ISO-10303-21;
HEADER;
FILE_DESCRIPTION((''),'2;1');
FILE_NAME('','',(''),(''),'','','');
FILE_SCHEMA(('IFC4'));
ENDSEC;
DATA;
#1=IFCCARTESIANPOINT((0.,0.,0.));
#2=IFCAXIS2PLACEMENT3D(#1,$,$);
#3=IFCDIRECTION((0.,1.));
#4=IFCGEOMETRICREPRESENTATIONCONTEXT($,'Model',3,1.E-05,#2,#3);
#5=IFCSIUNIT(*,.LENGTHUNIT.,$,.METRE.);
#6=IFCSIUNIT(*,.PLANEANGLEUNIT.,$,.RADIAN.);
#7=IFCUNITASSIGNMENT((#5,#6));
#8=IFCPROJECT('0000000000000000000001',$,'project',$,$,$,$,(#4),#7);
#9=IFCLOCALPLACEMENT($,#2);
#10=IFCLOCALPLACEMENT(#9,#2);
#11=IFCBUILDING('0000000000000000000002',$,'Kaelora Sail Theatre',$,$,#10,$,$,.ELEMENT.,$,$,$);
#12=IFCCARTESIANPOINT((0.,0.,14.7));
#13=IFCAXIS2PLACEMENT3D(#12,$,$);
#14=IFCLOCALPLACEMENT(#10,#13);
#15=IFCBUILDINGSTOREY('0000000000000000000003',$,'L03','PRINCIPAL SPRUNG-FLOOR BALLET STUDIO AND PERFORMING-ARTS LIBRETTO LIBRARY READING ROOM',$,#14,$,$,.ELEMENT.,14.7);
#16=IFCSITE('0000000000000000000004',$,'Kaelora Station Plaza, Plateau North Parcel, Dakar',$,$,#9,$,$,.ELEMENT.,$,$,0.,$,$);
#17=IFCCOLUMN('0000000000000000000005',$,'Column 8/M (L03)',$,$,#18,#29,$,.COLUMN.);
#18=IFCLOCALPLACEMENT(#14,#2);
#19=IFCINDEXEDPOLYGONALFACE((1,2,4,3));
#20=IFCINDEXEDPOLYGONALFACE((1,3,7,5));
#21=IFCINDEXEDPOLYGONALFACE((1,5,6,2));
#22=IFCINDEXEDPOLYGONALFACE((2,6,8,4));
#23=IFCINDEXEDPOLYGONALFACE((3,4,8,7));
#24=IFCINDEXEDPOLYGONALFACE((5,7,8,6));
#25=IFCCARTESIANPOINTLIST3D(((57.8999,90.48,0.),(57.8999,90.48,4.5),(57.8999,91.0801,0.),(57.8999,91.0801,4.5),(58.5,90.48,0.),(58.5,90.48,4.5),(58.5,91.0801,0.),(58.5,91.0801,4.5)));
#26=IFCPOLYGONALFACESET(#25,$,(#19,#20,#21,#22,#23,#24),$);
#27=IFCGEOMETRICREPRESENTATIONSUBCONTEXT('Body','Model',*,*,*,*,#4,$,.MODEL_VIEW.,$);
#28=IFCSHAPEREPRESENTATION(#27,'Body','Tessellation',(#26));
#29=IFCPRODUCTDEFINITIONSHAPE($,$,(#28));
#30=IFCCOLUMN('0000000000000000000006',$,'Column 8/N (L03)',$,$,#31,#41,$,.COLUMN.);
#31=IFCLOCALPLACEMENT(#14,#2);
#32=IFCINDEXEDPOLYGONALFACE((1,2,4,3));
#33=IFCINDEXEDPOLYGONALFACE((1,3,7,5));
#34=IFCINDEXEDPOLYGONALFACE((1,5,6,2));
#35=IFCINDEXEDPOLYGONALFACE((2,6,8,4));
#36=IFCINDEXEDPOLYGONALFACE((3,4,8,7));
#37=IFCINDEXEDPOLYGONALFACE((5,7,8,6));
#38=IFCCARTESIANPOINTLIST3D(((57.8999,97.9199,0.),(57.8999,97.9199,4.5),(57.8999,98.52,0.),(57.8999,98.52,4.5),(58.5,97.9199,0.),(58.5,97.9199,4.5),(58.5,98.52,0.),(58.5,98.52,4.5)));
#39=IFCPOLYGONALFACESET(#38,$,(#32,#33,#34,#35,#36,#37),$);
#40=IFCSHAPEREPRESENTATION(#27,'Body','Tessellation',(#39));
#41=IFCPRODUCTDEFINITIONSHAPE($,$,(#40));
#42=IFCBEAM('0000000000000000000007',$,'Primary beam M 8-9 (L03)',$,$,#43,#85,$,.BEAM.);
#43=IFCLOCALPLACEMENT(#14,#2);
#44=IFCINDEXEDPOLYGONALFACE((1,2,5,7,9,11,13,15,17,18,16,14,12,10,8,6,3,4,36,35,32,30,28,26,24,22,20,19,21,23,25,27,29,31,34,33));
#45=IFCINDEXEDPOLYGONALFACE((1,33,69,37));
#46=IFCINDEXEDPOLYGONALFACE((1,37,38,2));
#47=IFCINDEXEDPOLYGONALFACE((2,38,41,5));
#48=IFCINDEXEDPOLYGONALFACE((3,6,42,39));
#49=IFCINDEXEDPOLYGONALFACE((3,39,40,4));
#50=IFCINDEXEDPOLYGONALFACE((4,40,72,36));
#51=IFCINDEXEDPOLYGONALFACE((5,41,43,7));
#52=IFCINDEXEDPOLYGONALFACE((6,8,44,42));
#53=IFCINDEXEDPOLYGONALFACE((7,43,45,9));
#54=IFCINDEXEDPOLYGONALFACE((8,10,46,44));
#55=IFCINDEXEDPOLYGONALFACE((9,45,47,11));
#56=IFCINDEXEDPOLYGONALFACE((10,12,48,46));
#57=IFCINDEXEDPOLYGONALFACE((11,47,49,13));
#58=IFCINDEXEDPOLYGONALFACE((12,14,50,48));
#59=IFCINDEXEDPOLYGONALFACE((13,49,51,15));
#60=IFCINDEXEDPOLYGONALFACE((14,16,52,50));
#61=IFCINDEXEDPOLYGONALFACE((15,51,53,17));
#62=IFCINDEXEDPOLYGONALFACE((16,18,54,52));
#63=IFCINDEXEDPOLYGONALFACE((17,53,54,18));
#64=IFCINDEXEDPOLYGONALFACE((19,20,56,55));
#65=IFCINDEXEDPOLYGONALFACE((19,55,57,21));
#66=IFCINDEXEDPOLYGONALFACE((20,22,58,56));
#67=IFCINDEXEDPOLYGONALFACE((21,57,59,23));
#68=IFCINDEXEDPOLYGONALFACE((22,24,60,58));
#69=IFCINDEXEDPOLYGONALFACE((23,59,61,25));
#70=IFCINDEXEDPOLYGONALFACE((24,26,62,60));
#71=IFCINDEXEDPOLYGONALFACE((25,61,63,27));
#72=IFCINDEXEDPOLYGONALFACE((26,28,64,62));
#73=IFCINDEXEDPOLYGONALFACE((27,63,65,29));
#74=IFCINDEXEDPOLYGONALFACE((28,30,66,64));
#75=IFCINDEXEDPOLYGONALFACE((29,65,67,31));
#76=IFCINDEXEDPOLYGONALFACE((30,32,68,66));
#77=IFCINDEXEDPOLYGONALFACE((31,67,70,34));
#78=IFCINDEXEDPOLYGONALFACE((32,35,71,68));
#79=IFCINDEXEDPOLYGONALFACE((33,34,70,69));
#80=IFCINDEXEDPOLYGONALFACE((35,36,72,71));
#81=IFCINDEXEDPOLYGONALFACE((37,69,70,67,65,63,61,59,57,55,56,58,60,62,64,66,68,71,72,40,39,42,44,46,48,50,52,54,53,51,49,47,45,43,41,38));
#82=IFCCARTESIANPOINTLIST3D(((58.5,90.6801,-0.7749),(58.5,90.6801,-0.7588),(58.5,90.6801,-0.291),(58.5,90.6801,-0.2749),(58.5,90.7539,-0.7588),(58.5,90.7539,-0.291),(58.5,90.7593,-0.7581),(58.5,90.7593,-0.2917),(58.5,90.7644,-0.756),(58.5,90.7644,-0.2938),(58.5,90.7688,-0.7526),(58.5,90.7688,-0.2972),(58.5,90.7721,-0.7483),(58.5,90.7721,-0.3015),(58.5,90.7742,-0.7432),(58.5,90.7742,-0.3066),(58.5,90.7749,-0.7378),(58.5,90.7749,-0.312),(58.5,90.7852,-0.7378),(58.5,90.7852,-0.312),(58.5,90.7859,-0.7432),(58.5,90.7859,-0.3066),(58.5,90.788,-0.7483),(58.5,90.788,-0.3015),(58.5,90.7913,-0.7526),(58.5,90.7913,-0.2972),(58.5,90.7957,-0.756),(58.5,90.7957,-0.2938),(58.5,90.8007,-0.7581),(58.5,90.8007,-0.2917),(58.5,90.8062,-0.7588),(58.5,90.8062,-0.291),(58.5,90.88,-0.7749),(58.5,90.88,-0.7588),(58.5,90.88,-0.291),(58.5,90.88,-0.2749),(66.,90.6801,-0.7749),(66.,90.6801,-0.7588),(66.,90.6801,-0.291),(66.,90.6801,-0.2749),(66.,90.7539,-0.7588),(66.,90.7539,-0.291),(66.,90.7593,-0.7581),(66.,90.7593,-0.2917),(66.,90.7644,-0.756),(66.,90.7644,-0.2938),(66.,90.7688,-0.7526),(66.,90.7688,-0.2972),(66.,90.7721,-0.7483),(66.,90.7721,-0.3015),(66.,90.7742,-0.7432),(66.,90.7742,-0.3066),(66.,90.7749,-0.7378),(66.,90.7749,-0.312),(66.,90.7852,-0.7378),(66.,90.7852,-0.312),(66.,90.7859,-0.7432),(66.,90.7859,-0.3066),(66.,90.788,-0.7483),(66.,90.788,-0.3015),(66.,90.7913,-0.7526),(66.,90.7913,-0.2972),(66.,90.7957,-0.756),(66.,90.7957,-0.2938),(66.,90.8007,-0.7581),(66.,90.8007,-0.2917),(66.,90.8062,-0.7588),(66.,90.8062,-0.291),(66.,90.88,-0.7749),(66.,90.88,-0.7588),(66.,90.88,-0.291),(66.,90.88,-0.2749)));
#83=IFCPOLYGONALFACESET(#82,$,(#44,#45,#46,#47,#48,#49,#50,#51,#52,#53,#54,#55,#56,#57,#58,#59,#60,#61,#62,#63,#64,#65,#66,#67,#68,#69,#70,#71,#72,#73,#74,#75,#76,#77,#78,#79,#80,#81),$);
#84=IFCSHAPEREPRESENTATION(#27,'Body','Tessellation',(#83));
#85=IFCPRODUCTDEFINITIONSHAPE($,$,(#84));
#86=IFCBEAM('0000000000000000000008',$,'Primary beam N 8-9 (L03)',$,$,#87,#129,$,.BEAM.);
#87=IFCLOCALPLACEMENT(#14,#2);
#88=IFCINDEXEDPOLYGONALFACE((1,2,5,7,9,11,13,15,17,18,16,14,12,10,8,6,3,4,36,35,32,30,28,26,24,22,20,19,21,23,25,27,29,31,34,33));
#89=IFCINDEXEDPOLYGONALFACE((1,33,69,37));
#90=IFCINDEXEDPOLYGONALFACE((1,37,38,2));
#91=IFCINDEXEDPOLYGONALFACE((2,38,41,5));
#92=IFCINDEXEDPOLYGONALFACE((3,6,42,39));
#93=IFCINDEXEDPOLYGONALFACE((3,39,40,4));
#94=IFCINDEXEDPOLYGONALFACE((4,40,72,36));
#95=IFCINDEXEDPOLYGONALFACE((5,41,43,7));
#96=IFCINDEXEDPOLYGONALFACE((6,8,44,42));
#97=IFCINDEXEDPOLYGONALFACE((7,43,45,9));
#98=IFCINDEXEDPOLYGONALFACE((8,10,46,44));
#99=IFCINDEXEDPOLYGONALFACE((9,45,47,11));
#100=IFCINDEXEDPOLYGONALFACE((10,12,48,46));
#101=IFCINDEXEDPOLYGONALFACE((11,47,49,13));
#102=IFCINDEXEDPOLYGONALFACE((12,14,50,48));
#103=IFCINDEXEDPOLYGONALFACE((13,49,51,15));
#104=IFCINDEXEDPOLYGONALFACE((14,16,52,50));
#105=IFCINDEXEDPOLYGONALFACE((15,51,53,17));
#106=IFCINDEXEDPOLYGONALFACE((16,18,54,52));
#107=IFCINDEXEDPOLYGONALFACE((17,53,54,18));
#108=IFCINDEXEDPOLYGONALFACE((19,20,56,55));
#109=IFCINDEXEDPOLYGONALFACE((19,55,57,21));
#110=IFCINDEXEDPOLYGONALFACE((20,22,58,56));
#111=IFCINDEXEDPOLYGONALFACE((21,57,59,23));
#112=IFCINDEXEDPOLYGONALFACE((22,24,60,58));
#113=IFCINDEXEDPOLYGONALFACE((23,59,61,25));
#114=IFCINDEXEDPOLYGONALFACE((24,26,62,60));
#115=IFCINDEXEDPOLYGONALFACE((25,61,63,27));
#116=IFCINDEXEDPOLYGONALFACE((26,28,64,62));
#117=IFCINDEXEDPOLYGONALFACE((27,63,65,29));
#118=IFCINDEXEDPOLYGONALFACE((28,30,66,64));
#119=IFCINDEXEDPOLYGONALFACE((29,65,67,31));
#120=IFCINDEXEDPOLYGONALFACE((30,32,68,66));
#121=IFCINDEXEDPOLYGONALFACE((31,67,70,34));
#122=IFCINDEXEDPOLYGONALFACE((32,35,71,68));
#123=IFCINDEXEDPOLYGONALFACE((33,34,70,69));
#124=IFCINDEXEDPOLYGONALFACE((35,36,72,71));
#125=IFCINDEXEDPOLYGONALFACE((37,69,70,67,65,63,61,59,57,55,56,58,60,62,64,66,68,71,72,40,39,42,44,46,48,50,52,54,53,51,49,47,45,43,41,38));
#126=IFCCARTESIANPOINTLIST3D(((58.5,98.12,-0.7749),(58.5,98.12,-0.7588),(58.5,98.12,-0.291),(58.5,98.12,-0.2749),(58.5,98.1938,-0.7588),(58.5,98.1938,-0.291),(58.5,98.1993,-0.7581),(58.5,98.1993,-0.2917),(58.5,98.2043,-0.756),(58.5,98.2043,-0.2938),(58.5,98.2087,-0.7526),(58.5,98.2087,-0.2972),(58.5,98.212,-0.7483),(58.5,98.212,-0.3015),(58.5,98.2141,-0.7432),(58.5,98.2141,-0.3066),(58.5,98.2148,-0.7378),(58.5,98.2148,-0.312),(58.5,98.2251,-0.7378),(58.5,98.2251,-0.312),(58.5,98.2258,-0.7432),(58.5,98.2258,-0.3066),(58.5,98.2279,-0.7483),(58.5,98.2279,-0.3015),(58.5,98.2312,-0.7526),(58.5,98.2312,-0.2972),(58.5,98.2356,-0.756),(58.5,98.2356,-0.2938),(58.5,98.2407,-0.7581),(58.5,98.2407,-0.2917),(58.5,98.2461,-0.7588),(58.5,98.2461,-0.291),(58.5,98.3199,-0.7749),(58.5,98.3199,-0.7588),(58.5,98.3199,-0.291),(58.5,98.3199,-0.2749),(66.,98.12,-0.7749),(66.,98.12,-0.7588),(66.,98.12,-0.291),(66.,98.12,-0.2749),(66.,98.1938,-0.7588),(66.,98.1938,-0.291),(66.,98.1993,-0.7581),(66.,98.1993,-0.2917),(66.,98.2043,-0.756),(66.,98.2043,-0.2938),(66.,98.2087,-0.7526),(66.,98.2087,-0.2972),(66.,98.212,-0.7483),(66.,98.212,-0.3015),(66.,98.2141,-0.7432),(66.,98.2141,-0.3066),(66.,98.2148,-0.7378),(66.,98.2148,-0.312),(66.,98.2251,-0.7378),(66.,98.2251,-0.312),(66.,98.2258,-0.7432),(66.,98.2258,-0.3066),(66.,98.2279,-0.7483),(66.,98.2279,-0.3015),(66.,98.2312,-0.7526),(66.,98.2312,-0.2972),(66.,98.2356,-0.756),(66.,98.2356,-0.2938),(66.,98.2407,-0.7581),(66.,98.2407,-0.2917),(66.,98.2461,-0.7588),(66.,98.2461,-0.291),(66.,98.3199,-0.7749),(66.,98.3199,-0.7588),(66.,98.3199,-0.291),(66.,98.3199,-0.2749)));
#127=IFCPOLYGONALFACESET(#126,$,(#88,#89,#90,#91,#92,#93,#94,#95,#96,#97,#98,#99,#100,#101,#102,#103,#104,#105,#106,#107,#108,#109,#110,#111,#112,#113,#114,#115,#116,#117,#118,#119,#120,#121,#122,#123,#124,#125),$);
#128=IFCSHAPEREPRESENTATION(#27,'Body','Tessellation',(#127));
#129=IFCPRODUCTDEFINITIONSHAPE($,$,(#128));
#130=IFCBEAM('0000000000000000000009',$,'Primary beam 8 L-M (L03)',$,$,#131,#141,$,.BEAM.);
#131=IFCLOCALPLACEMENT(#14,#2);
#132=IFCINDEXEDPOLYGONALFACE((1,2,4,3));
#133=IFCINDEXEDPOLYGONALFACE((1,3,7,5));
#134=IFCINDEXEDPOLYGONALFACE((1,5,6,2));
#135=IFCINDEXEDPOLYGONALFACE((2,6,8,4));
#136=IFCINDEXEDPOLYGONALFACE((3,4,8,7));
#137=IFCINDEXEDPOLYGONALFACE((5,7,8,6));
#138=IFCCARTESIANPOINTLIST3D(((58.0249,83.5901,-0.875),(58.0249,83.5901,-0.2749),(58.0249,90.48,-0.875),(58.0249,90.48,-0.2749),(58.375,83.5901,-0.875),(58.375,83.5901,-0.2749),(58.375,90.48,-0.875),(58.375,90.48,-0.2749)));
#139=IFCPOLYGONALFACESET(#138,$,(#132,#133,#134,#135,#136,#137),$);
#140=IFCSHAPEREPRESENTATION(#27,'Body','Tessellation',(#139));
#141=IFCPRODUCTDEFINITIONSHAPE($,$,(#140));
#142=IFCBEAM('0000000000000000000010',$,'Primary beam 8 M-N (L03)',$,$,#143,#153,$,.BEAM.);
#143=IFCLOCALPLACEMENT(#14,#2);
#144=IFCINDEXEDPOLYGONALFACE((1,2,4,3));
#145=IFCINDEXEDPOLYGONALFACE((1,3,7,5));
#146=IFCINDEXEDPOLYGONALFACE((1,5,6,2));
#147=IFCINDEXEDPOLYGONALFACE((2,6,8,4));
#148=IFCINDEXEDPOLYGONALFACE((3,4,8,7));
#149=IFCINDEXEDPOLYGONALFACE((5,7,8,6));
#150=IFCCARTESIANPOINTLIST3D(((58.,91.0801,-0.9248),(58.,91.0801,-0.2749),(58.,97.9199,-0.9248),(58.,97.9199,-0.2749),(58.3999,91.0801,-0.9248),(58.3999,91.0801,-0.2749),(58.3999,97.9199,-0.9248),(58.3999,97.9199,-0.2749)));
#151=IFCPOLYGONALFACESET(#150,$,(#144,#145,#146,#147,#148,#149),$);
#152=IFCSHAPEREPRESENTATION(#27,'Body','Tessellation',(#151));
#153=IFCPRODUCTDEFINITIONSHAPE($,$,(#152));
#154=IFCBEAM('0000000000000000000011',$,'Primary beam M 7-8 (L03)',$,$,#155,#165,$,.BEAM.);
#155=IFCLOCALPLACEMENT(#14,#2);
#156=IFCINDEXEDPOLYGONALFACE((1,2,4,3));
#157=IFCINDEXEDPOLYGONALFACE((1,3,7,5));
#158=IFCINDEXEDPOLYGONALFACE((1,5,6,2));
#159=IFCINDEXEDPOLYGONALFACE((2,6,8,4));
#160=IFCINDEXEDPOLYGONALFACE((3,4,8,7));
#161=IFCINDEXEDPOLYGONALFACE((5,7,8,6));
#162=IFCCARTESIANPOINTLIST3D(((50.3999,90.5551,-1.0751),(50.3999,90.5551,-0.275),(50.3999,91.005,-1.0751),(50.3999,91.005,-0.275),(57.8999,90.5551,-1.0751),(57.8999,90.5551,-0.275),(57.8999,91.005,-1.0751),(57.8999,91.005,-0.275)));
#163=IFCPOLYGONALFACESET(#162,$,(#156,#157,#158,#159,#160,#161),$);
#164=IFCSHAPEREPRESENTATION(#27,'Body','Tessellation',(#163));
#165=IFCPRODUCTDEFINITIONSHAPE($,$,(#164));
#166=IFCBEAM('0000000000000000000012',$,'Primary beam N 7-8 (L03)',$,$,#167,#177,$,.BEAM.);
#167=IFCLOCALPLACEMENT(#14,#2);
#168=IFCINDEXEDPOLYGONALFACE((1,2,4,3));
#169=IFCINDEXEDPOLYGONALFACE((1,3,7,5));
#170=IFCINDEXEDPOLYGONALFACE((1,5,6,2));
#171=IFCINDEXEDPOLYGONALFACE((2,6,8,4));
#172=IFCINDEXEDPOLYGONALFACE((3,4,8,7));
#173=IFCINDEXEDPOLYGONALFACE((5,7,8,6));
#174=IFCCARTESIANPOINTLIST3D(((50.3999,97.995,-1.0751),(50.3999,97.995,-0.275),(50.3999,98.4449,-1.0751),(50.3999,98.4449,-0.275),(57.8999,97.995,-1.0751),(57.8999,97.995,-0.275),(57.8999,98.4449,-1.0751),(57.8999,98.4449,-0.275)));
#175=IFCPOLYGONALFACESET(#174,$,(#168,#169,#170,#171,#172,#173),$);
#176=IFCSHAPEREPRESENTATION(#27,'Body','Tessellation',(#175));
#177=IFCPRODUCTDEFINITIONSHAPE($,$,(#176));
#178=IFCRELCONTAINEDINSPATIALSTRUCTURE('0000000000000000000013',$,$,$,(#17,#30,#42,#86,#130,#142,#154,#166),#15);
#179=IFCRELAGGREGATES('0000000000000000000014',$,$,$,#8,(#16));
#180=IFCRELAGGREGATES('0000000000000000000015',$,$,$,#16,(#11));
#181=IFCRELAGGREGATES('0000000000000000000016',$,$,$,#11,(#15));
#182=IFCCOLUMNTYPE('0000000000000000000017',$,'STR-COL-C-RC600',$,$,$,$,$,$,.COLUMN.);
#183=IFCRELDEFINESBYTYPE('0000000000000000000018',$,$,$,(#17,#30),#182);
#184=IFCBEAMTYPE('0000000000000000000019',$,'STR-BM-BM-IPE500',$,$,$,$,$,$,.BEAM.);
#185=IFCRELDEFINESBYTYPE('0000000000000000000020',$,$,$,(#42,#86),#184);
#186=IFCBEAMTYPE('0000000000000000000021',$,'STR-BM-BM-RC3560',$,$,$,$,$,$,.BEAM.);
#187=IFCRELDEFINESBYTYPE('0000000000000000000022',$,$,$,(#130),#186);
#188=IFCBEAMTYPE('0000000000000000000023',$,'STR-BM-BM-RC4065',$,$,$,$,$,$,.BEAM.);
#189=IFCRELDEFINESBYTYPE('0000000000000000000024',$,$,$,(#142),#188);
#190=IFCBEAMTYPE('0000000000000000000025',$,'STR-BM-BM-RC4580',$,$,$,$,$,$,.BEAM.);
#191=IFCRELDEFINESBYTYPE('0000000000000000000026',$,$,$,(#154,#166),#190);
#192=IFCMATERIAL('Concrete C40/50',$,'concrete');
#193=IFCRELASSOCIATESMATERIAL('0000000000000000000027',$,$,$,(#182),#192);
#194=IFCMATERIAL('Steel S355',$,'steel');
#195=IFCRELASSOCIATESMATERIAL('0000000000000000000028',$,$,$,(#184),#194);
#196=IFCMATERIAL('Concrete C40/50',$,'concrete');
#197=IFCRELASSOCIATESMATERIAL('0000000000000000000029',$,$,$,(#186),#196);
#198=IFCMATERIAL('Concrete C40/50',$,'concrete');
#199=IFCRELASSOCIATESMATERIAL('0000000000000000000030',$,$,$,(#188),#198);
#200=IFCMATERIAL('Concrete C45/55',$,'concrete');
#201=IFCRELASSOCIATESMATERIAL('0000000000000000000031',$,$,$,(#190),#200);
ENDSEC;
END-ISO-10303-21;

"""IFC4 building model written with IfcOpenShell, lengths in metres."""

from ifc_helpers import new_model, si_unit, direction, frame, origin, origin_2d, place, context, subcontext, project, spatial, rectangle, i_section, extrude, material, material_profile, profile_set, type_object, element, save


model = new_model("IFC4")

# Units and contexts
model_context = context("Model", 3, precision=1e-05, world=origin(), true_north=direction((0.0, 1.0)))
body_context = subcontext(model_context, "Body", "Model", "MODEL_VIEW")
ifc_project = project(units=[si_unit("LENGTHUNIT", "METRE"), si_unit("PLANEANGLEUNIT", "RADIAN")], contexts=[model_context])

# Site, building, storey
site_placement = place(None, origin())
site = spatial("IfcSite", under=ifc_project, at=site_placement, Name="Kaelora Station Plaza, Plateau North Parcel, Dakar", CompositionType="ELEMENT", RefElevation=0.0)
building_placement = place(site_placement, origin())
building = spatial("IfcBuilding", under=site, at=building_placement, Name="Kaelora Sail Theatre", CompositionType="ELEMENT")
storey_placement = place(building_placement, frame((0.0, 0.0, 14.7)))
storey = spatial("IfcBuildingStorey", under=building, at=storey_placement, Name="L03", Description="PRINCIPAL SPRUNG-FLOOR BALLET STUDIO AND PERFORMING-ARTS LIBRETTO LIBRARY READING ROOM", CompositionType="ELEMENT", Elevation=14.7)

# Columns
ifc_material_1 = material(Name="Concrete C40/50", Category="concrete")
ifc_material_profile_1 = material_profile(ifc_material_1, rectangle(XDim=0.6001, YDim=0.6001, at=origin_2d()), Name="RC-COL 600x600")
ifc_profile_set_1 = profile_set([ifc_material_profile_1], Name="Concrete C40/50")
column_type = type_object("IfcColumnType", Name="STR-COL-C-RC600", PredefinedType="COLUMN", material=ifc_profile_set_1)
for number, where, z_axis, x_axis, name in (
    (1, (58.2, 90.78, 0.0), (0.0, 0.0, 1.0), (1.0, 0.0, 0.0), "Column 8/M (L03)"),
    (2, (58.2, 98.22, 0.0), (0.0, 0.0, 1.0), (1.0, 0.0, 0.0), "Column 8/N (L03)"),
):
    element("IfcColumn", number, at=place(storey_placement, frame(where, z_axis=z_axis, x_axis=x_axis)), inside=storey, type_object=column_type, Name=name, PredefinedType="COLUMN", context=body_context, shape_type="SweptSolid", body=[
        extrude(rectangle(XDim=0.6001, YDim=0.6001, at=origin_2d()), origin(), (0.0, 0.0, 1.0), 4.5),
    ])

# Beams
ifc_material_2 = material(Name="Steel S355", Category="steel")
ifc_material_profile_2 = material_profile(ifc_material_2, i_section(OverallWidth=0.2, OverallDepth=0.5, WebThickness=0.0103, FlangeThickness=0.0161, FilletRadius=0.021, at=origin_2d()), Name="IPE 500")
ifc_profile_set_2 = profile_set([ifc_material_profile_2], Name="Steel S355")
beam_type_1 = type_object("IfcBeamType", Name="STR-BM-BM-IPE500", PredefinedType="BEAM", material=ifc_profile_set_2)
for number, where, z_axis, x_axis, name in (
    (3, (58.5, 90.78, -0.5249), (1.0, 0.0, 0.0), (0.0, 1.0, 0.0), "Primary beam M 8-9 (L03)"),
    (4, (58.5, 98.22, -0.5249), (1.0, 0.0, 0.0), (0.0, 1.0, 0.0), "Primary beam N 8-9 (L03)"),
):
    element("IfcBeam", number, at=place(storey_placement, frame(where, z_axis=z_axis, x_axis=x_axis)), inside=storey, type_object=beam_type_1, Name=name, PredefinedType="BEAM", context=body_context, shape_type="SweptSolid", body=[
        extrude(i_section(OverallWidth=0.2, OverallDepth=0.5, WebThickness=0.0103, FlangeThickness=0.0161, FilletRadius=0.021, at=origin_2d()), origin(), (0.0, 0.0, 1.0), 7.5),
    ])
ifc_material_3 = material(Name="Concrete C40/50", Category="concrete")
ifc_material_profile_3 = material_profile(ifc_material_3, rectangle(XDim=0.3501, YDim=0.6001, at=origin_2d()), Name="RC-BM 350x600")
ifc_profile_set_3 = profile_set([ifc_material_profile_3], Name="Concrete C40/50")
beam_type_2 = type_object("IfcBeamType", Name="STR-BM-BM-RC3560", PredefinedType="BEAM", material=ifc_profile_set_3)
beam_1_placement = place(storey_placement, frame((58.2, 83.5901, -0.575), z_axis=(0.0, 1.0, 0.0), x_axis=(-1.0, 0.0, 0.0)))
element("IfcBeam", 5, at=beam_1_placement, inside=storey, type_object=beam_type_2, Name="Primary beam 8 L-M (L03)", PredefinedType="BEAM", context=body_context, shape_type="SweptSolid", body=[
    extrude(rectangle(XDim=0.3501, YDim=0.6001, at=origin_2d()), origin(), (0.0, 0.0, 1.0), 6.8899),
])
ifc_material_4 = material(Name="Concrete C40/50", Category="concrete")
ifc_material_profile_4 = material_profile(ifc_material_4, rectangle(XDim=0.3999, YDim=0.6499, at=origin_2d()), Name="RC-BM 400x650")
ifc_profile_set_4 = profile_set([ifc_material_profile_4], Name="Concrete C40/50")
beam_type_3 = type_object("IfcBeamType", Name="STR-BM-BM-RC4065", PredefinedType="BEAM", material=ifc_profile_set_4)
beam_2_placement = place(storey_placement, frame((58.2, 91.0801, -0.5999), z_axis=(0.0, 1.0, 0.0), x_axis=(-1.0, 0.0, 0.0)))
element("IfcBeam", 6, at=beam_2_placement, inside=storey, type_object=beam_type_3, Name="Primary beam 8 M-N (L03)", PredefinedType="BEAM", context=body_context, shape_type="SweptSolid", body=[
    extrude(rectangle(XDim=0.3999, YDim=0.6499, at=origin_2d()), origin(), (0.0, 0.0, 1.0), 6.8398),
])
ifc_material_5 = material(Name="Concrete C45/55", Category="concrete")
ifc_material_profile_5 = material_profile(ifc_material_5, rectangle(XDim=0.45, YDim=0.8, at=origin_2d()), Name="RC-BM 450x800")
ifc_profile_set_5 = profile_set([ifc_material_profile_5], Name="Concrete C45/55")
beam_type_4 = type_object("IfcBeamType", Name="STR-BM-BM-RC4580", PredefinedType="BEAM", material=ifc_profile_set_5)
for number, where, z_axis, x_axis, name in (
    (7, (50.3999, 90.78, -0.675), (1.0, 0.0, 0.0), (0.0, 1.0, 0.0), "Primary beam M 7-8 (L03)"),
    (8, (50.3999, 98.22, -0.675), (1.0, 0.0, 0.0), (0.0, 1.0, 0.0), "Primary beam N 7-8 (L03)"),
):
    element("IfcBeam", number, at=place(storey_placement, frame(where, z_axis=z_axis, x_axis=x_axis)), inside=storey, type_object=beam_type_4, Name=name, PredefinedType="BEAM", context=body_context, shape_type="SweptSolid", body=[
        extrude(rectangle(XDim=0.45, YDim=0.8, at=origin_2d()), origin(), (0.0, 0.0, 1.0), 7.5),
    ])

save(model, "model.ifc")
